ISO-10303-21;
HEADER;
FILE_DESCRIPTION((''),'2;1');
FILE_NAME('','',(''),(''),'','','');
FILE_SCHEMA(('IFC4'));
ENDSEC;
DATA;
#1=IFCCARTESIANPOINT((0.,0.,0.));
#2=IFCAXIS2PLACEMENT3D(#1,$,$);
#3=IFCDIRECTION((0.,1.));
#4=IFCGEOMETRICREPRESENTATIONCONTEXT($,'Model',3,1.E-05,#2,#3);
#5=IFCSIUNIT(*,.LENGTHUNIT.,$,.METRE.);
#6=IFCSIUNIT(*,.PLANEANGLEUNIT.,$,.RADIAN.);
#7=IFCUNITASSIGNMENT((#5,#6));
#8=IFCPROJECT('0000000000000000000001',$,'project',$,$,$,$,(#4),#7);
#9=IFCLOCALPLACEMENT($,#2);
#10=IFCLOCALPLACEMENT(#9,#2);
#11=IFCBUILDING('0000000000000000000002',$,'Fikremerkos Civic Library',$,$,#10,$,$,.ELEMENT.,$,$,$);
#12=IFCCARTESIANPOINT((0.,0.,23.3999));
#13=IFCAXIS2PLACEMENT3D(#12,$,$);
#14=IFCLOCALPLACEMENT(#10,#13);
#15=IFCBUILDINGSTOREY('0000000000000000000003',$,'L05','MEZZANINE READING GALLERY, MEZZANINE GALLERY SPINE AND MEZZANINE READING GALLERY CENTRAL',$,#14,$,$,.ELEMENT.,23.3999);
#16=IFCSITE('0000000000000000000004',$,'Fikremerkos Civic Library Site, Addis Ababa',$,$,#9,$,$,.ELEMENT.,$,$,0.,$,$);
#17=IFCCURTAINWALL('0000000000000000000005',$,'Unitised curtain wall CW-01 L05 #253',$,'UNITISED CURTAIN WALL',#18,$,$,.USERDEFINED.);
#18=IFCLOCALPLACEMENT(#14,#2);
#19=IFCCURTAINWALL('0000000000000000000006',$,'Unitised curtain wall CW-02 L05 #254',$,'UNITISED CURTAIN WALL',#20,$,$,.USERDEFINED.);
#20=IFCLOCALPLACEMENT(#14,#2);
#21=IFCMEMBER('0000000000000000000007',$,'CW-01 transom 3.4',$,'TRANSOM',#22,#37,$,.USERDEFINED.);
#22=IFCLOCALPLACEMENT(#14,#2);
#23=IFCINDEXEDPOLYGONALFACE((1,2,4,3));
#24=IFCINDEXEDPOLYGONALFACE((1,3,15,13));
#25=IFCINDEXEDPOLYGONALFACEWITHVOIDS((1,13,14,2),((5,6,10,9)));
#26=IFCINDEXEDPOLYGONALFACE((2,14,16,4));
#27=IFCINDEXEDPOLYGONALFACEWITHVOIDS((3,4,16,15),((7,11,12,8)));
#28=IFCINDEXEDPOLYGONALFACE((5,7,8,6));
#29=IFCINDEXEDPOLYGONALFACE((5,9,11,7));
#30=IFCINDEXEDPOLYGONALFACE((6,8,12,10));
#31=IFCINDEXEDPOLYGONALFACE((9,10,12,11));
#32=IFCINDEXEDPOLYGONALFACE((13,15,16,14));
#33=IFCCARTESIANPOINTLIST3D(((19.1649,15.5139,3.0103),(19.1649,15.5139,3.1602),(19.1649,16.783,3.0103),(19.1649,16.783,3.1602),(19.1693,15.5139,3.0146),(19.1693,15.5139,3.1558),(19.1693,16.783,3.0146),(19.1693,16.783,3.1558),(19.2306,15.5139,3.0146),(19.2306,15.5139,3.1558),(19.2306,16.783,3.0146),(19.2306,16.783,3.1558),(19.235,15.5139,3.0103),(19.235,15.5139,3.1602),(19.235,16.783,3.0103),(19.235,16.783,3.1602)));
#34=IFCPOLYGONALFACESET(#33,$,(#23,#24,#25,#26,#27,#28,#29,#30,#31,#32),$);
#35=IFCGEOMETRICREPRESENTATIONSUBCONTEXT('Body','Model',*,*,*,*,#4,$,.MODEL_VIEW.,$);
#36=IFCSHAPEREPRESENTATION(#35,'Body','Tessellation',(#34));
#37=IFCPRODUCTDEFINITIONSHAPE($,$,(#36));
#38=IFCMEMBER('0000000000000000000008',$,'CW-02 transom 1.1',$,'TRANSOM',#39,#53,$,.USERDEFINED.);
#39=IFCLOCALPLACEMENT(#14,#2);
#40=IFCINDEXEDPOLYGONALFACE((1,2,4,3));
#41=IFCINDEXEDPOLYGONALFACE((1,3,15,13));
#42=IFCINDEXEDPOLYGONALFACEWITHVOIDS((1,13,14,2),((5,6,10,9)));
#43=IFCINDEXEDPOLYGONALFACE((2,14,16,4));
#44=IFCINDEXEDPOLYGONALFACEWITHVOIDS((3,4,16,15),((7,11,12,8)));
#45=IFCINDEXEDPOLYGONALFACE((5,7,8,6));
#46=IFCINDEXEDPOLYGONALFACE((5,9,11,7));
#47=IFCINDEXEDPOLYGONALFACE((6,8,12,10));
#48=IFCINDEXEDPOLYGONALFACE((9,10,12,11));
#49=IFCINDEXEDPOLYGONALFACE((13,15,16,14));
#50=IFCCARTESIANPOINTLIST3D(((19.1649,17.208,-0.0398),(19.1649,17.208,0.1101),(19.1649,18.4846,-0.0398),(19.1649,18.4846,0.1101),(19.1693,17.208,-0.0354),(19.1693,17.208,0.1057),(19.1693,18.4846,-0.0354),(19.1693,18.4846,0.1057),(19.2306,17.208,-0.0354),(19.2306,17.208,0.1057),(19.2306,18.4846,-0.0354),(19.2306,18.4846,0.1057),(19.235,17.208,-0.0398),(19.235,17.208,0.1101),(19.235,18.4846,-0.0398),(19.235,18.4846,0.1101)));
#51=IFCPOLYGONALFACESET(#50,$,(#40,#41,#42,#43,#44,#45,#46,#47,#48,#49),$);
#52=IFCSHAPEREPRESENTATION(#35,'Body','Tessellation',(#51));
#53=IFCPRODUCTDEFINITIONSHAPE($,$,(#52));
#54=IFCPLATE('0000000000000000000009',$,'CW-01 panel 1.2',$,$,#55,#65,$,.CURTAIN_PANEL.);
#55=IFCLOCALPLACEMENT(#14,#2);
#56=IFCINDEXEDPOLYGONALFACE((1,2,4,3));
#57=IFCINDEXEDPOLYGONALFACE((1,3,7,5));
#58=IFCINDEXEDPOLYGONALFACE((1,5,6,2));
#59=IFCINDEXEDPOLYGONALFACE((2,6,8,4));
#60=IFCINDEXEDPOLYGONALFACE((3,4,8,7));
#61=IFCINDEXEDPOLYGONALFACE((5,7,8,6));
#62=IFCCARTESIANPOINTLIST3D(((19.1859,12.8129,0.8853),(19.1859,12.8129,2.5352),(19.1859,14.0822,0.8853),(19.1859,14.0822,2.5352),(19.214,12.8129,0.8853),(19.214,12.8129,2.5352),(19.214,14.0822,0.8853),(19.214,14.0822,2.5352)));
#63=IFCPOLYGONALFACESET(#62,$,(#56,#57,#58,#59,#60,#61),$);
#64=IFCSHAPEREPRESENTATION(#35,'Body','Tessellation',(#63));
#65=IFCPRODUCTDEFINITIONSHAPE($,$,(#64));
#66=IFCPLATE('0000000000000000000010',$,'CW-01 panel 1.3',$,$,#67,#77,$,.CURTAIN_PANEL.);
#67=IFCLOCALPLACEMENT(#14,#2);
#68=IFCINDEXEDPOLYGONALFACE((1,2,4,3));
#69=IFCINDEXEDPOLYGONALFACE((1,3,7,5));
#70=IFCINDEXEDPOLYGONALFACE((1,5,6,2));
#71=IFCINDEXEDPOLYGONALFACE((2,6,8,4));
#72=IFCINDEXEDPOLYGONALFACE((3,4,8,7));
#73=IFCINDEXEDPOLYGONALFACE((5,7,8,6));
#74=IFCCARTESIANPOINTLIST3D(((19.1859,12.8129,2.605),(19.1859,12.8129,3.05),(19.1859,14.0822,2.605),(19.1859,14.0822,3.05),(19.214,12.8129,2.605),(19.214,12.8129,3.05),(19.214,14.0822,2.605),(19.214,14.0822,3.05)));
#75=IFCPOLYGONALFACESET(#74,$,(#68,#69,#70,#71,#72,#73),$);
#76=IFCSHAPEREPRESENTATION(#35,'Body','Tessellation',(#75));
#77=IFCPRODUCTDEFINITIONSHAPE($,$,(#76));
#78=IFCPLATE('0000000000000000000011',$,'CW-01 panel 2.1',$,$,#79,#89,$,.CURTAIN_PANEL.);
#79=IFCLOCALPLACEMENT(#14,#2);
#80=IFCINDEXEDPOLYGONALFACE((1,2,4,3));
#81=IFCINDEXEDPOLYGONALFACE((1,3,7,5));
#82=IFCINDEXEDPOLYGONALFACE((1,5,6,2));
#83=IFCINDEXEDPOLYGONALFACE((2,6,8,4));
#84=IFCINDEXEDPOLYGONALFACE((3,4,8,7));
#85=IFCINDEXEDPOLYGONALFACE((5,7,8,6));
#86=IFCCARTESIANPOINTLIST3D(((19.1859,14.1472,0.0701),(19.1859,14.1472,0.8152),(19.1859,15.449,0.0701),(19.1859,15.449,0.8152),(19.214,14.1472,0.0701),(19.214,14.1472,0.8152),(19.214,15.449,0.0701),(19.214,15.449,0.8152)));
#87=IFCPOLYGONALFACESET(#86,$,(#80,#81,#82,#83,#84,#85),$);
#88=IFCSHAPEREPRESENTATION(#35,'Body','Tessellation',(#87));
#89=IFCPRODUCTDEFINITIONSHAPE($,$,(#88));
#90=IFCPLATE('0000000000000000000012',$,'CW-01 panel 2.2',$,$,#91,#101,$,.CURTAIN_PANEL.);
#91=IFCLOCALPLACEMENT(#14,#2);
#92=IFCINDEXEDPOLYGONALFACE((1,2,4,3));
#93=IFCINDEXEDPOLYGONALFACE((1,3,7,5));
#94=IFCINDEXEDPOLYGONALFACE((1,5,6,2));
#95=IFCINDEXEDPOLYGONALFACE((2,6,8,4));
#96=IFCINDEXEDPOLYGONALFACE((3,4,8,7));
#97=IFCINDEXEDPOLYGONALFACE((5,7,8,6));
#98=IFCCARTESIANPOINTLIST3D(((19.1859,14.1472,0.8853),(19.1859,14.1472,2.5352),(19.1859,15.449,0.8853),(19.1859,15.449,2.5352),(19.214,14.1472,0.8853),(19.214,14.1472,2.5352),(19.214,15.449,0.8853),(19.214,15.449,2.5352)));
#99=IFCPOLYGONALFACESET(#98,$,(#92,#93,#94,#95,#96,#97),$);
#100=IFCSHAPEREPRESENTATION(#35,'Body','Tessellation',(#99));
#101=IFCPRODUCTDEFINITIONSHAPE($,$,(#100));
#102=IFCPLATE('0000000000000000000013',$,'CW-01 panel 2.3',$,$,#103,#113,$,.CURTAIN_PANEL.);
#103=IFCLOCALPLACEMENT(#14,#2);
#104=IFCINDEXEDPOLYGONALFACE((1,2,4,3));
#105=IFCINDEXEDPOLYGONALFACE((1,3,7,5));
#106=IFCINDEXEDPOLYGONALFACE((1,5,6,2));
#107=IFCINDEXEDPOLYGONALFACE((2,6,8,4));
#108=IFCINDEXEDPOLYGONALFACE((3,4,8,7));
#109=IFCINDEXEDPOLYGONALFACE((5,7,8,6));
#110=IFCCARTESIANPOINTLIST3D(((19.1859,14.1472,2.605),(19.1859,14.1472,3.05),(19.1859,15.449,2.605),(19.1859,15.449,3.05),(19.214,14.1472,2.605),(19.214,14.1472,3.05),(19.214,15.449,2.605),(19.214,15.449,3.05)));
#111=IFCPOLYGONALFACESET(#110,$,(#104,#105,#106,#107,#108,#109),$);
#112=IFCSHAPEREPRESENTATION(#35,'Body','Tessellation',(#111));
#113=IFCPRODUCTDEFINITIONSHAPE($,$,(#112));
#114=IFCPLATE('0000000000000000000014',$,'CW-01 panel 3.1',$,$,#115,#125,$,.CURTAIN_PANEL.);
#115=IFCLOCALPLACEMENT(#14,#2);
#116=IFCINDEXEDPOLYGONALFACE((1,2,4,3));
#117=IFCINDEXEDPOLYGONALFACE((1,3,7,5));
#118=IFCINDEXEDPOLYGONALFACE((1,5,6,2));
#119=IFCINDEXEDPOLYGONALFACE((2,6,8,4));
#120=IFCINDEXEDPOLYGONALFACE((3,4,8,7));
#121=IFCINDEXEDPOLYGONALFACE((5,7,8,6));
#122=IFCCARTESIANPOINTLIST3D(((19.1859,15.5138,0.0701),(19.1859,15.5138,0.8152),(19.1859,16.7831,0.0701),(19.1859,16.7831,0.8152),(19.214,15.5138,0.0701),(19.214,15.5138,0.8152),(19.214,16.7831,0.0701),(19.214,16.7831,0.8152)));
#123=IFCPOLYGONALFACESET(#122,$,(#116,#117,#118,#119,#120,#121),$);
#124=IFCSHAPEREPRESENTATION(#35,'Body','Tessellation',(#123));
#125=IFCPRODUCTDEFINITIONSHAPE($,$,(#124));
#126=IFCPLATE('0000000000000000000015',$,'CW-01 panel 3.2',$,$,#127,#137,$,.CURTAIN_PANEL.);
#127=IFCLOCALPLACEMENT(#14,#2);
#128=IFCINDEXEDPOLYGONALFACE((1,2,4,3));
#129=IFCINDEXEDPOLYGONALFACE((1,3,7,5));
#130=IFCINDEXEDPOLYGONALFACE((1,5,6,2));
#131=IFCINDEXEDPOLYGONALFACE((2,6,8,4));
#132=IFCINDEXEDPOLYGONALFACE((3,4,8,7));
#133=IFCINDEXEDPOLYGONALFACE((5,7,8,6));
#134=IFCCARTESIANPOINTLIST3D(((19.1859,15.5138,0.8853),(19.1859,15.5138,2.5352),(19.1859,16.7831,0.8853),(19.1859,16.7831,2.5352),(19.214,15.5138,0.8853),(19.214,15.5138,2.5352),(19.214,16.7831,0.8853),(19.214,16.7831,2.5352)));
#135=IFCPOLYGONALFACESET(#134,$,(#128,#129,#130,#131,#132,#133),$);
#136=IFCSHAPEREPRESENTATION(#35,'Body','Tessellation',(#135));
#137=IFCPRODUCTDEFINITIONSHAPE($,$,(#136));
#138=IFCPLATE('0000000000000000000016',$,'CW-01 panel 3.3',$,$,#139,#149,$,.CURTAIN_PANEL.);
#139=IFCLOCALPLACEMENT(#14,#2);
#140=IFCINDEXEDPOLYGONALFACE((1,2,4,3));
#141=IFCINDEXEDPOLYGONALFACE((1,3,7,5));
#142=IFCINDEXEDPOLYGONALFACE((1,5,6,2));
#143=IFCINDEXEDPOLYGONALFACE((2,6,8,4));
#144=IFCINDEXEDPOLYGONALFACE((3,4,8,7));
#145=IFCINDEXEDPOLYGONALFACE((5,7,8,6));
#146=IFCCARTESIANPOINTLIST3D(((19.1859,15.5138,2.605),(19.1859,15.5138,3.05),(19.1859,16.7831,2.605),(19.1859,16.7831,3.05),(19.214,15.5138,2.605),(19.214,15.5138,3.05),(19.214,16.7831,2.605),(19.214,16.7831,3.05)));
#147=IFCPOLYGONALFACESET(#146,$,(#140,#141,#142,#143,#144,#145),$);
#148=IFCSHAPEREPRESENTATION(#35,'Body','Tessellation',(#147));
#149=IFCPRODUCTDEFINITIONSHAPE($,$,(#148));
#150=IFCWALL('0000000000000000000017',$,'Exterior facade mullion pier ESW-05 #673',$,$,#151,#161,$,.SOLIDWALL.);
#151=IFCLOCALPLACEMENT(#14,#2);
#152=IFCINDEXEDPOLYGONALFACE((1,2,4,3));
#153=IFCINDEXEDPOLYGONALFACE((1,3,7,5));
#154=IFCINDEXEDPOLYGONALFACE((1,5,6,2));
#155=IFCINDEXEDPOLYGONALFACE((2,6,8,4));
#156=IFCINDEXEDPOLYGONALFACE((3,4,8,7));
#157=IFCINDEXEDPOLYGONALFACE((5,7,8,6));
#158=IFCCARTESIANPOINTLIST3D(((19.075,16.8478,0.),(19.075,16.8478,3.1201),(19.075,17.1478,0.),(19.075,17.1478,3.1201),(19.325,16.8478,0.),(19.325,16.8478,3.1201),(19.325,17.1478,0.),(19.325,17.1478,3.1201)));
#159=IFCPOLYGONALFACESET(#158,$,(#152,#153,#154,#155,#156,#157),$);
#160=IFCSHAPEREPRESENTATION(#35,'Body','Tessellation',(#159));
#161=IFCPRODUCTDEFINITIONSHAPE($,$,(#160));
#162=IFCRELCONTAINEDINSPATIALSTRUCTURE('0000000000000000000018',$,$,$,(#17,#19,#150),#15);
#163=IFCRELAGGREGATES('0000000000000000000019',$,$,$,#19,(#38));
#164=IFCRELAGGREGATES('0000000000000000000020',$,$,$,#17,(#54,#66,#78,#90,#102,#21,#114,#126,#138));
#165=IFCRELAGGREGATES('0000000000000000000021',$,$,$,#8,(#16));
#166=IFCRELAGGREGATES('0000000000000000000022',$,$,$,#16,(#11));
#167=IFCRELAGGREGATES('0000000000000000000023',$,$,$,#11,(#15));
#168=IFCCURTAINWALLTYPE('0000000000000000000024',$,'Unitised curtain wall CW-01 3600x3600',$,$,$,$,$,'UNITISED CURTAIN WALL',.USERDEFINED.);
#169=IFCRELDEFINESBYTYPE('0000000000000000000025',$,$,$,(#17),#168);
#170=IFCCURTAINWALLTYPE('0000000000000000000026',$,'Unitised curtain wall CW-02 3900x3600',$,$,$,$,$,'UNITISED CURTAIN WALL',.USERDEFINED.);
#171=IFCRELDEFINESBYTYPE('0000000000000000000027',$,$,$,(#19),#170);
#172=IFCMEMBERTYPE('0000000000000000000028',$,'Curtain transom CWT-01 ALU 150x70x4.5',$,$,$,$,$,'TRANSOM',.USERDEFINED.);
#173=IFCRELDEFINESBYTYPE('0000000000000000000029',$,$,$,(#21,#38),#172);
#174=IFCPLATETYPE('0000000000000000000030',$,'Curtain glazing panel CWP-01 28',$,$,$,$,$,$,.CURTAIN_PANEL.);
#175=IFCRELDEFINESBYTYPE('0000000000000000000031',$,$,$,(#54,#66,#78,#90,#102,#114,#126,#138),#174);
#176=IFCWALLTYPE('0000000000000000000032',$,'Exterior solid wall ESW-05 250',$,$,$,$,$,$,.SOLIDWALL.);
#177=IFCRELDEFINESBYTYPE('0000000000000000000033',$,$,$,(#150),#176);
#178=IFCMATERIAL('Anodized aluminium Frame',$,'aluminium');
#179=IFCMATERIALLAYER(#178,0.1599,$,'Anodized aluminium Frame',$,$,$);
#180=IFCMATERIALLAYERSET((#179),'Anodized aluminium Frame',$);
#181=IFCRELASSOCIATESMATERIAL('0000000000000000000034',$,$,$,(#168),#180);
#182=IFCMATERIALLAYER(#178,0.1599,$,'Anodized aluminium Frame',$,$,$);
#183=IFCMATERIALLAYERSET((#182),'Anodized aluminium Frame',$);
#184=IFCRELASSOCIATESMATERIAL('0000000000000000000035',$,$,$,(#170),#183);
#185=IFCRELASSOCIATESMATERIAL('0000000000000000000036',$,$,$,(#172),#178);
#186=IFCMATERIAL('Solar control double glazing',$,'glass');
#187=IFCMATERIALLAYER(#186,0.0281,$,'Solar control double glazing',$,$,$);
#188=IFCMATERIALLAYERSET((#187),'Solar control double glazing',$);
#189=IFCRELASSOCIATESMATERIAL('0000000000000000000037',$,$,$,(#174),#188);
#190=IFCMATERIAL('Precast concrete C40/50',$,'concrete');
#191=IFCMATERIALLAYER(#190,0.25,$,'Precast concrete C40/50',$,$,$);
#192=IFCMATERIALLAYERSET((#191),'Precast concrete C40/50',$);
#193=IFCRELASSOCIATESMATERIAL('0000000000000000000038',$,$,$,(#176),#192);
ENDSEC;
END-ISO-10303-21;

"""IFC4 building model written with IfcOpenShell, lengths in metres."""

from ifc_helpers import new_model, si_unit, direction, frame, frame_2d, origin, origin_2d, place, context, subcontext, project, spatial, rectangle, hollow_rectangle, extrude, material, layer, layer_set, material_profile, profile_set, type_object, element, aggregate, save


model = new_model("IFC4")

# Units and contexts
model_context = context("Model", 3, precision=1e-05, world=origin(), true_north=direction((0.0, 1.0)))
body_context = subcontext(model_context, "Body", "Model", "MODEL_VIEW")
ifc_project = project(units=[si_unit("LENGTHUNIT", "METRE"), si_unit("PLANEANGLEUNIT", "RADIAN")], contexts=[model_context])

# Site, building, storey
site_placement = place(None, origin())
site = spatial("IfcSite", under=ifc_project, at=site_placement, Name="Fikremerkos Civic Library Site, Addis Ababa", CompositionType="ELEMENT", RefElevation=0.0)
building_placement = place(site_placement, origin())
building = spatial("IfcBuilding", under=site, at=building_placement, Name="Fikremerkos Civic Library", CompositionType="ELEMENT")
storey_placement = place(building_placement, frame((0.0, 0.0, 23.3999)))
storey = spatial("IfcBuildingStorey", under=building, at=storey_placement, Name="L05", Description="MEZZANINE READING GALLERY, MEZZANINE GALLERY SPINE AND MEZZANINE READING GALLERY CENTRAL", CompositionType="ELEMENT", Elevation=23.3999)

# Curtain wall
ifc_material_1 = material(Name="Anodized aluminium Frame", Category="aluminium")
ifc_layer_1 = layer(ifc_material_1, 0.1599, Name="Anodized aluminium Frame")
ifc_layer_set_1 = layer_set([ifc_layer_1], Name="Anodized aluminium Frame")
curtain_wall_type_1 = type_object("IfcCurtainWallType", Name="Unitised curtain wall CW-01 3600x3600", ElementType="UNITISED CURTAIN WALL", PredefinedType="USERDEFINED", material=ifc_layer_set_1)
curtain_wall_1_placement = place(storey_placement, origin())
curtain_wall_1 = element("IfcCurtainWall", 1, at=curtain_wall_1_placement, inside=storey, type_object=curtain_wall_type_1, Name="Unitised curtain wall CW-01 L05 #253", ObjectType="UNITISED CURTAIN WALL", PredefinedType="USERDEFINED")

# Curtain wall
ifc_layer_2 = layer(ifc_material_1, 0.1599, Name="Anodized aluminium Frame")
ifc_layer_set_2 = layer_set([ifc_layer_2], Name="Anodized aluminium Frame")
curtain_wall_type_2 = type_object("IfcCurtainWallType", Name="Unitised curtain wall CW-02 3900x3600", ElementType="UNITISED CURTAIN WALL", PredefinedType="USERDEFINED", material=ifc_layer_set_2)
curtain_wall_2_placement = place(storey_placement, origin())
curtain_wall_2 = element("IfcCurtainWall", 2, at=curtain_wall_2_placement, inside=storey, type_object=curtain_wall_type_2, Name="Unitised curtain wall CW-02 L05 #254", ObjectType="UNITISED CURTAIN WALL", PredefinedType="USERDEFINED")

# Members
ifc_material_profile_1 = material_profile(ifc_material_1, hollow_rectangle(XDim=0.0701, YDim=0.1499, WallThickness=0.0044, at=origin_2d()), Name="ALU 150x70x4.5")
ifc_profile_set_1 = profile_set([ifc_material_profile_1], Name="Anodized aluminium Frame")
member_type_1 = type_object("IfcMemberType", Name="Curtain transom CWT-01 ALU 150x70x4.5", ElementType="TRANSOM", PredefinedType="USERDEFINED", material=ifc_profile_set_1)
member_1_placement = place(storey_placement, frame((19.2, 15.5139, 3.0852), z_axis=(0.0, 1.0, 0.0), x_axis=(-1.0, 0.0, 0.0)))
member_1 = element("IfcMember", 3, at=member_1_placement, type_object=member_type_1, Name="CW-01 transom 3.4", ObjectType="TRANSOM", PredefinedType="USERDEFINED", context=body_context, shape_type="SweptSolid", body=[
    extrude(hollow_rectangle(XDim=0.0701, YDim=0.1499, WallThickness=0.0044, at=origin_2d()), origin(), (0.0, 0.0, 1.0), 1.269),
])
member_2_placement = place(storey_placement, frame((19.2, 17.208, 0.0352), z_axis=(0.0, 1.0, 0.0), x_axis=(-1.0, 0.0, 0.0)))
member_2 = element("IfcMember", 4, at=member_2_placement, type_object=member_type_1, Name="CW-02 transom 1.1", ObjectType="TRANSOM", PredefinedType="USERDEFINED", context=body_context, shape_type="SweptSolid", body=[
    extrude(hollow_rectangle(XDim=0.0701, YDim=0.1499, WallThickness=0.0044, at=origin_2d()), origin(), (0.0, 0.0, 1.0), 1.2766),
])
aggregate(curtain_wall_2, [member_2])

# Plates
ifc_material_2 = material(Name="Solar control double glazing", Category="glass")
ifc_layer_3 = layer(ifc_material_2, 0.0281, Name="Solar control double glazing")
ifc_layer_set_3 = layer_set([ifc_layer_3], Name="Solar control double glazing")
plate_type = type_object("IfcPlateType", Name="Curtain glazing panel CWP-01 28", PredefinedType="CURTAIN_PANEL", material=ifc_layer_set_3)
plate_1_placement = place(storey_placement, frame((19.2, 13.4475, 0.8853), z_axis=(0.0, 0.0, 1.0), x_axis=(0.0, 1.0, 0.0)))
plate_1 = element("IfcPlate", 5, at=plate_1_placement, type_object=plate_type, Name="CW-01 panel 1.2", PredefinedType="CURTAIN_PANEL", context=body_context, shape_type="SweptSolid", body=[
    extrude(rectangle(XDim=1.2693, YDim=0.0281, at=origin_2d()), origin(), (0.0, 0.0, 1.0), 1.6499),
])
plate_2_placement = place(storey_placement, frame((19.2, 13.4475, 2.605), z_axis=(0.0, 0.0, 1.0), x_axis=(0.0, 1.0, 0.0)))
plate_2 = element("IfcPlate", 6, at=plate_2_placement, type_object=plate_type, Name="CW-01 panel 1.3", PredefinedType="CURTAIN_PANEL", context=body_context, shape_type="SweptSolid", body=[
    extrude(rectangle(XDim=1.2693, YDim=0.0281, at=origin_2d()), origin(), (0.0, 0.0, 1.0), 0.4451),
])
plate_3_placement = place(storey_placement, frame((19.2, 14.7981, 0.0701), z_axis=(0.0, 0.0, 1.0), x_axis=(0.0, 1.0, 0.0)))
plate_3 = element("IfcPlate", 7, at=plate_3_placement, type_object=plate_type, Name="CW-01 panel 2.1", PredefinedType="CURTAIN_PANEL", context=body_context, shape_type="SweptSolid", body=[
    extrude(rectangle(XDim=1.3018, YDim=0.0281, at=origin_2d()), origin(), (0.0, 0.0, 1.0), 0.7451),
])
plate_4_placement = place(storey_placement, frame((19.2, 14.7981, 0.8853), z_axis=(0.0, 0.0, 1.0), x_axis=(0.0, 1.0, 0.0)))
plate_4 = element("IfcPlate", 8, at=plate_4_placement, type_object=plate_type, Name="CW-01 panel 2.2", PredefinedType="CURTAIN_PANEL", context=body_context, shape_type="SweptSolid", body=[
    extrude(rectangle(XDim=1.3018, YDim=0.0281, at=origin_2d()), origin(), (0.0, 0.0, 1.0), 1.6499),
])
plate_5_placement = place(storey_placement, frame((19.2, 14.7981, 2.605), z_axis=(0.0, 0.0, 1.0), x_axis=(0.0, 1.0, 0.0)))
plate_5 = element("IfcPlate", 9, at=plate_5_placement, type_object=plate_type, Name="CW-01 panel 2.3", PredefinedType="CURTAIN_PANEL", context=body_context, shape_type="SweptSolid", body=[
    extrude(rectangle(XDim=1.3018, YDim=0.0281, at=origin_2d()), origin(), (0.0, 0.0, 1.0), 0.4451),
])
plate_6_placement = place(storey_placement, frame((19.2, 16.1484, 0.0701), z_axis=(0.0, 0.0, 1.0), x_axis=(0.0, 1.0, 0.0)))
plate_6 = element("IfcPlate", 10, at=plate_6_placement, type_object=plate_type, Name="CW-01 panel 3.1", PredefinedType="CURTAIN_PANEL", context=body_context, shape_type="SweptSolid", body=[
    extrude(rectangle(XDim=1.2693, YDim=0.0281, at=origin_2d()), origin(), (0.0, 0.0, 1.0), 0.7451),
])
plate_7_placement = place(storey_placement, frame((19.2, 16.1484, 0.8853), z_axis=(0.0, 0.0, 1.0), x_axis=(0.0, 1.0, 0.0)))
plate_7 = element("IfcPlate", 11, at=plate_7_placement, type_object=plate_type, Name="CW-01 panel 3.2", PredefinedType="CURTAIN_PANEL", context=body_context, shape_type="SweptSolid", body=[
    extrude(rectangle(XDim=1.2693, YDim=0.0281, at=origin_2d()), origin(), (0.0, 0.0, 1.0), 1.6499),
])
plate_8_placement = place(storey_placement, frame((19.2, 16.1484, 2.605), z_axis=(0.0, 0.0, 1.0), x_axis=(0.0, 1.0, 0.0)))
plate_8 = element("IfcPlate", 12, at=plate_8_placement, type_object=plate_type, Name="CW-01 panel 3.3", PredefinedType="CURTAIN_PANEL", context=body_context, shape_type="SweptSolid", body=[
    extrude(rectangle(XDim=1.2693, YDim=0.0281, at=origin_2d()), origin(), (0.0, 0.0, 1.0), 0.4451),
])
aggregate(curtain_wall_1, [plate_1, plate_2, plate_3, plate_4, plate_5, member_1, plate_6, plate_7, plate_8])

# Wall
ifc_material_3 = material(Name="Precast concrete C40/50", Category="concrete")
ifc_layer_4 = layer(ifc_material_3, 0.25, Name="Precast concrete C40/50")
ifc_layer_set_4 = layer_set([ifc_layer_4], Name="Precast concrete C40/50")
wall_type = type_object("IfcWallType", Name="Exterior solid wall ESW-05 250", PredefinedType="SOLIDWALL", material=ifc_layer_set_4)
wall_placement = place(storey_placement, frame((19.2, 16.8479, 0.0), z_axis=(0.0, 0.0, 1.0), x_axis=(0.0, 1.0, 0.0)))
element("IfcWall", 13, at=wall_placement, inside=storey, type_object=wall_type, Name="Exterior facade mullion pier ESW-05 #673", PredefinedType="SOLIDWALL", context=body_context, shape_type="SweptSolid", body=[
    extrude(rectangle(XDim=0.3, YDim=0.25, at=frame_2d((0.1499, 0.0))), origin(), (0.0, 0.0, 1.0), 3.1201),
])

save(model, "model.ifc")
